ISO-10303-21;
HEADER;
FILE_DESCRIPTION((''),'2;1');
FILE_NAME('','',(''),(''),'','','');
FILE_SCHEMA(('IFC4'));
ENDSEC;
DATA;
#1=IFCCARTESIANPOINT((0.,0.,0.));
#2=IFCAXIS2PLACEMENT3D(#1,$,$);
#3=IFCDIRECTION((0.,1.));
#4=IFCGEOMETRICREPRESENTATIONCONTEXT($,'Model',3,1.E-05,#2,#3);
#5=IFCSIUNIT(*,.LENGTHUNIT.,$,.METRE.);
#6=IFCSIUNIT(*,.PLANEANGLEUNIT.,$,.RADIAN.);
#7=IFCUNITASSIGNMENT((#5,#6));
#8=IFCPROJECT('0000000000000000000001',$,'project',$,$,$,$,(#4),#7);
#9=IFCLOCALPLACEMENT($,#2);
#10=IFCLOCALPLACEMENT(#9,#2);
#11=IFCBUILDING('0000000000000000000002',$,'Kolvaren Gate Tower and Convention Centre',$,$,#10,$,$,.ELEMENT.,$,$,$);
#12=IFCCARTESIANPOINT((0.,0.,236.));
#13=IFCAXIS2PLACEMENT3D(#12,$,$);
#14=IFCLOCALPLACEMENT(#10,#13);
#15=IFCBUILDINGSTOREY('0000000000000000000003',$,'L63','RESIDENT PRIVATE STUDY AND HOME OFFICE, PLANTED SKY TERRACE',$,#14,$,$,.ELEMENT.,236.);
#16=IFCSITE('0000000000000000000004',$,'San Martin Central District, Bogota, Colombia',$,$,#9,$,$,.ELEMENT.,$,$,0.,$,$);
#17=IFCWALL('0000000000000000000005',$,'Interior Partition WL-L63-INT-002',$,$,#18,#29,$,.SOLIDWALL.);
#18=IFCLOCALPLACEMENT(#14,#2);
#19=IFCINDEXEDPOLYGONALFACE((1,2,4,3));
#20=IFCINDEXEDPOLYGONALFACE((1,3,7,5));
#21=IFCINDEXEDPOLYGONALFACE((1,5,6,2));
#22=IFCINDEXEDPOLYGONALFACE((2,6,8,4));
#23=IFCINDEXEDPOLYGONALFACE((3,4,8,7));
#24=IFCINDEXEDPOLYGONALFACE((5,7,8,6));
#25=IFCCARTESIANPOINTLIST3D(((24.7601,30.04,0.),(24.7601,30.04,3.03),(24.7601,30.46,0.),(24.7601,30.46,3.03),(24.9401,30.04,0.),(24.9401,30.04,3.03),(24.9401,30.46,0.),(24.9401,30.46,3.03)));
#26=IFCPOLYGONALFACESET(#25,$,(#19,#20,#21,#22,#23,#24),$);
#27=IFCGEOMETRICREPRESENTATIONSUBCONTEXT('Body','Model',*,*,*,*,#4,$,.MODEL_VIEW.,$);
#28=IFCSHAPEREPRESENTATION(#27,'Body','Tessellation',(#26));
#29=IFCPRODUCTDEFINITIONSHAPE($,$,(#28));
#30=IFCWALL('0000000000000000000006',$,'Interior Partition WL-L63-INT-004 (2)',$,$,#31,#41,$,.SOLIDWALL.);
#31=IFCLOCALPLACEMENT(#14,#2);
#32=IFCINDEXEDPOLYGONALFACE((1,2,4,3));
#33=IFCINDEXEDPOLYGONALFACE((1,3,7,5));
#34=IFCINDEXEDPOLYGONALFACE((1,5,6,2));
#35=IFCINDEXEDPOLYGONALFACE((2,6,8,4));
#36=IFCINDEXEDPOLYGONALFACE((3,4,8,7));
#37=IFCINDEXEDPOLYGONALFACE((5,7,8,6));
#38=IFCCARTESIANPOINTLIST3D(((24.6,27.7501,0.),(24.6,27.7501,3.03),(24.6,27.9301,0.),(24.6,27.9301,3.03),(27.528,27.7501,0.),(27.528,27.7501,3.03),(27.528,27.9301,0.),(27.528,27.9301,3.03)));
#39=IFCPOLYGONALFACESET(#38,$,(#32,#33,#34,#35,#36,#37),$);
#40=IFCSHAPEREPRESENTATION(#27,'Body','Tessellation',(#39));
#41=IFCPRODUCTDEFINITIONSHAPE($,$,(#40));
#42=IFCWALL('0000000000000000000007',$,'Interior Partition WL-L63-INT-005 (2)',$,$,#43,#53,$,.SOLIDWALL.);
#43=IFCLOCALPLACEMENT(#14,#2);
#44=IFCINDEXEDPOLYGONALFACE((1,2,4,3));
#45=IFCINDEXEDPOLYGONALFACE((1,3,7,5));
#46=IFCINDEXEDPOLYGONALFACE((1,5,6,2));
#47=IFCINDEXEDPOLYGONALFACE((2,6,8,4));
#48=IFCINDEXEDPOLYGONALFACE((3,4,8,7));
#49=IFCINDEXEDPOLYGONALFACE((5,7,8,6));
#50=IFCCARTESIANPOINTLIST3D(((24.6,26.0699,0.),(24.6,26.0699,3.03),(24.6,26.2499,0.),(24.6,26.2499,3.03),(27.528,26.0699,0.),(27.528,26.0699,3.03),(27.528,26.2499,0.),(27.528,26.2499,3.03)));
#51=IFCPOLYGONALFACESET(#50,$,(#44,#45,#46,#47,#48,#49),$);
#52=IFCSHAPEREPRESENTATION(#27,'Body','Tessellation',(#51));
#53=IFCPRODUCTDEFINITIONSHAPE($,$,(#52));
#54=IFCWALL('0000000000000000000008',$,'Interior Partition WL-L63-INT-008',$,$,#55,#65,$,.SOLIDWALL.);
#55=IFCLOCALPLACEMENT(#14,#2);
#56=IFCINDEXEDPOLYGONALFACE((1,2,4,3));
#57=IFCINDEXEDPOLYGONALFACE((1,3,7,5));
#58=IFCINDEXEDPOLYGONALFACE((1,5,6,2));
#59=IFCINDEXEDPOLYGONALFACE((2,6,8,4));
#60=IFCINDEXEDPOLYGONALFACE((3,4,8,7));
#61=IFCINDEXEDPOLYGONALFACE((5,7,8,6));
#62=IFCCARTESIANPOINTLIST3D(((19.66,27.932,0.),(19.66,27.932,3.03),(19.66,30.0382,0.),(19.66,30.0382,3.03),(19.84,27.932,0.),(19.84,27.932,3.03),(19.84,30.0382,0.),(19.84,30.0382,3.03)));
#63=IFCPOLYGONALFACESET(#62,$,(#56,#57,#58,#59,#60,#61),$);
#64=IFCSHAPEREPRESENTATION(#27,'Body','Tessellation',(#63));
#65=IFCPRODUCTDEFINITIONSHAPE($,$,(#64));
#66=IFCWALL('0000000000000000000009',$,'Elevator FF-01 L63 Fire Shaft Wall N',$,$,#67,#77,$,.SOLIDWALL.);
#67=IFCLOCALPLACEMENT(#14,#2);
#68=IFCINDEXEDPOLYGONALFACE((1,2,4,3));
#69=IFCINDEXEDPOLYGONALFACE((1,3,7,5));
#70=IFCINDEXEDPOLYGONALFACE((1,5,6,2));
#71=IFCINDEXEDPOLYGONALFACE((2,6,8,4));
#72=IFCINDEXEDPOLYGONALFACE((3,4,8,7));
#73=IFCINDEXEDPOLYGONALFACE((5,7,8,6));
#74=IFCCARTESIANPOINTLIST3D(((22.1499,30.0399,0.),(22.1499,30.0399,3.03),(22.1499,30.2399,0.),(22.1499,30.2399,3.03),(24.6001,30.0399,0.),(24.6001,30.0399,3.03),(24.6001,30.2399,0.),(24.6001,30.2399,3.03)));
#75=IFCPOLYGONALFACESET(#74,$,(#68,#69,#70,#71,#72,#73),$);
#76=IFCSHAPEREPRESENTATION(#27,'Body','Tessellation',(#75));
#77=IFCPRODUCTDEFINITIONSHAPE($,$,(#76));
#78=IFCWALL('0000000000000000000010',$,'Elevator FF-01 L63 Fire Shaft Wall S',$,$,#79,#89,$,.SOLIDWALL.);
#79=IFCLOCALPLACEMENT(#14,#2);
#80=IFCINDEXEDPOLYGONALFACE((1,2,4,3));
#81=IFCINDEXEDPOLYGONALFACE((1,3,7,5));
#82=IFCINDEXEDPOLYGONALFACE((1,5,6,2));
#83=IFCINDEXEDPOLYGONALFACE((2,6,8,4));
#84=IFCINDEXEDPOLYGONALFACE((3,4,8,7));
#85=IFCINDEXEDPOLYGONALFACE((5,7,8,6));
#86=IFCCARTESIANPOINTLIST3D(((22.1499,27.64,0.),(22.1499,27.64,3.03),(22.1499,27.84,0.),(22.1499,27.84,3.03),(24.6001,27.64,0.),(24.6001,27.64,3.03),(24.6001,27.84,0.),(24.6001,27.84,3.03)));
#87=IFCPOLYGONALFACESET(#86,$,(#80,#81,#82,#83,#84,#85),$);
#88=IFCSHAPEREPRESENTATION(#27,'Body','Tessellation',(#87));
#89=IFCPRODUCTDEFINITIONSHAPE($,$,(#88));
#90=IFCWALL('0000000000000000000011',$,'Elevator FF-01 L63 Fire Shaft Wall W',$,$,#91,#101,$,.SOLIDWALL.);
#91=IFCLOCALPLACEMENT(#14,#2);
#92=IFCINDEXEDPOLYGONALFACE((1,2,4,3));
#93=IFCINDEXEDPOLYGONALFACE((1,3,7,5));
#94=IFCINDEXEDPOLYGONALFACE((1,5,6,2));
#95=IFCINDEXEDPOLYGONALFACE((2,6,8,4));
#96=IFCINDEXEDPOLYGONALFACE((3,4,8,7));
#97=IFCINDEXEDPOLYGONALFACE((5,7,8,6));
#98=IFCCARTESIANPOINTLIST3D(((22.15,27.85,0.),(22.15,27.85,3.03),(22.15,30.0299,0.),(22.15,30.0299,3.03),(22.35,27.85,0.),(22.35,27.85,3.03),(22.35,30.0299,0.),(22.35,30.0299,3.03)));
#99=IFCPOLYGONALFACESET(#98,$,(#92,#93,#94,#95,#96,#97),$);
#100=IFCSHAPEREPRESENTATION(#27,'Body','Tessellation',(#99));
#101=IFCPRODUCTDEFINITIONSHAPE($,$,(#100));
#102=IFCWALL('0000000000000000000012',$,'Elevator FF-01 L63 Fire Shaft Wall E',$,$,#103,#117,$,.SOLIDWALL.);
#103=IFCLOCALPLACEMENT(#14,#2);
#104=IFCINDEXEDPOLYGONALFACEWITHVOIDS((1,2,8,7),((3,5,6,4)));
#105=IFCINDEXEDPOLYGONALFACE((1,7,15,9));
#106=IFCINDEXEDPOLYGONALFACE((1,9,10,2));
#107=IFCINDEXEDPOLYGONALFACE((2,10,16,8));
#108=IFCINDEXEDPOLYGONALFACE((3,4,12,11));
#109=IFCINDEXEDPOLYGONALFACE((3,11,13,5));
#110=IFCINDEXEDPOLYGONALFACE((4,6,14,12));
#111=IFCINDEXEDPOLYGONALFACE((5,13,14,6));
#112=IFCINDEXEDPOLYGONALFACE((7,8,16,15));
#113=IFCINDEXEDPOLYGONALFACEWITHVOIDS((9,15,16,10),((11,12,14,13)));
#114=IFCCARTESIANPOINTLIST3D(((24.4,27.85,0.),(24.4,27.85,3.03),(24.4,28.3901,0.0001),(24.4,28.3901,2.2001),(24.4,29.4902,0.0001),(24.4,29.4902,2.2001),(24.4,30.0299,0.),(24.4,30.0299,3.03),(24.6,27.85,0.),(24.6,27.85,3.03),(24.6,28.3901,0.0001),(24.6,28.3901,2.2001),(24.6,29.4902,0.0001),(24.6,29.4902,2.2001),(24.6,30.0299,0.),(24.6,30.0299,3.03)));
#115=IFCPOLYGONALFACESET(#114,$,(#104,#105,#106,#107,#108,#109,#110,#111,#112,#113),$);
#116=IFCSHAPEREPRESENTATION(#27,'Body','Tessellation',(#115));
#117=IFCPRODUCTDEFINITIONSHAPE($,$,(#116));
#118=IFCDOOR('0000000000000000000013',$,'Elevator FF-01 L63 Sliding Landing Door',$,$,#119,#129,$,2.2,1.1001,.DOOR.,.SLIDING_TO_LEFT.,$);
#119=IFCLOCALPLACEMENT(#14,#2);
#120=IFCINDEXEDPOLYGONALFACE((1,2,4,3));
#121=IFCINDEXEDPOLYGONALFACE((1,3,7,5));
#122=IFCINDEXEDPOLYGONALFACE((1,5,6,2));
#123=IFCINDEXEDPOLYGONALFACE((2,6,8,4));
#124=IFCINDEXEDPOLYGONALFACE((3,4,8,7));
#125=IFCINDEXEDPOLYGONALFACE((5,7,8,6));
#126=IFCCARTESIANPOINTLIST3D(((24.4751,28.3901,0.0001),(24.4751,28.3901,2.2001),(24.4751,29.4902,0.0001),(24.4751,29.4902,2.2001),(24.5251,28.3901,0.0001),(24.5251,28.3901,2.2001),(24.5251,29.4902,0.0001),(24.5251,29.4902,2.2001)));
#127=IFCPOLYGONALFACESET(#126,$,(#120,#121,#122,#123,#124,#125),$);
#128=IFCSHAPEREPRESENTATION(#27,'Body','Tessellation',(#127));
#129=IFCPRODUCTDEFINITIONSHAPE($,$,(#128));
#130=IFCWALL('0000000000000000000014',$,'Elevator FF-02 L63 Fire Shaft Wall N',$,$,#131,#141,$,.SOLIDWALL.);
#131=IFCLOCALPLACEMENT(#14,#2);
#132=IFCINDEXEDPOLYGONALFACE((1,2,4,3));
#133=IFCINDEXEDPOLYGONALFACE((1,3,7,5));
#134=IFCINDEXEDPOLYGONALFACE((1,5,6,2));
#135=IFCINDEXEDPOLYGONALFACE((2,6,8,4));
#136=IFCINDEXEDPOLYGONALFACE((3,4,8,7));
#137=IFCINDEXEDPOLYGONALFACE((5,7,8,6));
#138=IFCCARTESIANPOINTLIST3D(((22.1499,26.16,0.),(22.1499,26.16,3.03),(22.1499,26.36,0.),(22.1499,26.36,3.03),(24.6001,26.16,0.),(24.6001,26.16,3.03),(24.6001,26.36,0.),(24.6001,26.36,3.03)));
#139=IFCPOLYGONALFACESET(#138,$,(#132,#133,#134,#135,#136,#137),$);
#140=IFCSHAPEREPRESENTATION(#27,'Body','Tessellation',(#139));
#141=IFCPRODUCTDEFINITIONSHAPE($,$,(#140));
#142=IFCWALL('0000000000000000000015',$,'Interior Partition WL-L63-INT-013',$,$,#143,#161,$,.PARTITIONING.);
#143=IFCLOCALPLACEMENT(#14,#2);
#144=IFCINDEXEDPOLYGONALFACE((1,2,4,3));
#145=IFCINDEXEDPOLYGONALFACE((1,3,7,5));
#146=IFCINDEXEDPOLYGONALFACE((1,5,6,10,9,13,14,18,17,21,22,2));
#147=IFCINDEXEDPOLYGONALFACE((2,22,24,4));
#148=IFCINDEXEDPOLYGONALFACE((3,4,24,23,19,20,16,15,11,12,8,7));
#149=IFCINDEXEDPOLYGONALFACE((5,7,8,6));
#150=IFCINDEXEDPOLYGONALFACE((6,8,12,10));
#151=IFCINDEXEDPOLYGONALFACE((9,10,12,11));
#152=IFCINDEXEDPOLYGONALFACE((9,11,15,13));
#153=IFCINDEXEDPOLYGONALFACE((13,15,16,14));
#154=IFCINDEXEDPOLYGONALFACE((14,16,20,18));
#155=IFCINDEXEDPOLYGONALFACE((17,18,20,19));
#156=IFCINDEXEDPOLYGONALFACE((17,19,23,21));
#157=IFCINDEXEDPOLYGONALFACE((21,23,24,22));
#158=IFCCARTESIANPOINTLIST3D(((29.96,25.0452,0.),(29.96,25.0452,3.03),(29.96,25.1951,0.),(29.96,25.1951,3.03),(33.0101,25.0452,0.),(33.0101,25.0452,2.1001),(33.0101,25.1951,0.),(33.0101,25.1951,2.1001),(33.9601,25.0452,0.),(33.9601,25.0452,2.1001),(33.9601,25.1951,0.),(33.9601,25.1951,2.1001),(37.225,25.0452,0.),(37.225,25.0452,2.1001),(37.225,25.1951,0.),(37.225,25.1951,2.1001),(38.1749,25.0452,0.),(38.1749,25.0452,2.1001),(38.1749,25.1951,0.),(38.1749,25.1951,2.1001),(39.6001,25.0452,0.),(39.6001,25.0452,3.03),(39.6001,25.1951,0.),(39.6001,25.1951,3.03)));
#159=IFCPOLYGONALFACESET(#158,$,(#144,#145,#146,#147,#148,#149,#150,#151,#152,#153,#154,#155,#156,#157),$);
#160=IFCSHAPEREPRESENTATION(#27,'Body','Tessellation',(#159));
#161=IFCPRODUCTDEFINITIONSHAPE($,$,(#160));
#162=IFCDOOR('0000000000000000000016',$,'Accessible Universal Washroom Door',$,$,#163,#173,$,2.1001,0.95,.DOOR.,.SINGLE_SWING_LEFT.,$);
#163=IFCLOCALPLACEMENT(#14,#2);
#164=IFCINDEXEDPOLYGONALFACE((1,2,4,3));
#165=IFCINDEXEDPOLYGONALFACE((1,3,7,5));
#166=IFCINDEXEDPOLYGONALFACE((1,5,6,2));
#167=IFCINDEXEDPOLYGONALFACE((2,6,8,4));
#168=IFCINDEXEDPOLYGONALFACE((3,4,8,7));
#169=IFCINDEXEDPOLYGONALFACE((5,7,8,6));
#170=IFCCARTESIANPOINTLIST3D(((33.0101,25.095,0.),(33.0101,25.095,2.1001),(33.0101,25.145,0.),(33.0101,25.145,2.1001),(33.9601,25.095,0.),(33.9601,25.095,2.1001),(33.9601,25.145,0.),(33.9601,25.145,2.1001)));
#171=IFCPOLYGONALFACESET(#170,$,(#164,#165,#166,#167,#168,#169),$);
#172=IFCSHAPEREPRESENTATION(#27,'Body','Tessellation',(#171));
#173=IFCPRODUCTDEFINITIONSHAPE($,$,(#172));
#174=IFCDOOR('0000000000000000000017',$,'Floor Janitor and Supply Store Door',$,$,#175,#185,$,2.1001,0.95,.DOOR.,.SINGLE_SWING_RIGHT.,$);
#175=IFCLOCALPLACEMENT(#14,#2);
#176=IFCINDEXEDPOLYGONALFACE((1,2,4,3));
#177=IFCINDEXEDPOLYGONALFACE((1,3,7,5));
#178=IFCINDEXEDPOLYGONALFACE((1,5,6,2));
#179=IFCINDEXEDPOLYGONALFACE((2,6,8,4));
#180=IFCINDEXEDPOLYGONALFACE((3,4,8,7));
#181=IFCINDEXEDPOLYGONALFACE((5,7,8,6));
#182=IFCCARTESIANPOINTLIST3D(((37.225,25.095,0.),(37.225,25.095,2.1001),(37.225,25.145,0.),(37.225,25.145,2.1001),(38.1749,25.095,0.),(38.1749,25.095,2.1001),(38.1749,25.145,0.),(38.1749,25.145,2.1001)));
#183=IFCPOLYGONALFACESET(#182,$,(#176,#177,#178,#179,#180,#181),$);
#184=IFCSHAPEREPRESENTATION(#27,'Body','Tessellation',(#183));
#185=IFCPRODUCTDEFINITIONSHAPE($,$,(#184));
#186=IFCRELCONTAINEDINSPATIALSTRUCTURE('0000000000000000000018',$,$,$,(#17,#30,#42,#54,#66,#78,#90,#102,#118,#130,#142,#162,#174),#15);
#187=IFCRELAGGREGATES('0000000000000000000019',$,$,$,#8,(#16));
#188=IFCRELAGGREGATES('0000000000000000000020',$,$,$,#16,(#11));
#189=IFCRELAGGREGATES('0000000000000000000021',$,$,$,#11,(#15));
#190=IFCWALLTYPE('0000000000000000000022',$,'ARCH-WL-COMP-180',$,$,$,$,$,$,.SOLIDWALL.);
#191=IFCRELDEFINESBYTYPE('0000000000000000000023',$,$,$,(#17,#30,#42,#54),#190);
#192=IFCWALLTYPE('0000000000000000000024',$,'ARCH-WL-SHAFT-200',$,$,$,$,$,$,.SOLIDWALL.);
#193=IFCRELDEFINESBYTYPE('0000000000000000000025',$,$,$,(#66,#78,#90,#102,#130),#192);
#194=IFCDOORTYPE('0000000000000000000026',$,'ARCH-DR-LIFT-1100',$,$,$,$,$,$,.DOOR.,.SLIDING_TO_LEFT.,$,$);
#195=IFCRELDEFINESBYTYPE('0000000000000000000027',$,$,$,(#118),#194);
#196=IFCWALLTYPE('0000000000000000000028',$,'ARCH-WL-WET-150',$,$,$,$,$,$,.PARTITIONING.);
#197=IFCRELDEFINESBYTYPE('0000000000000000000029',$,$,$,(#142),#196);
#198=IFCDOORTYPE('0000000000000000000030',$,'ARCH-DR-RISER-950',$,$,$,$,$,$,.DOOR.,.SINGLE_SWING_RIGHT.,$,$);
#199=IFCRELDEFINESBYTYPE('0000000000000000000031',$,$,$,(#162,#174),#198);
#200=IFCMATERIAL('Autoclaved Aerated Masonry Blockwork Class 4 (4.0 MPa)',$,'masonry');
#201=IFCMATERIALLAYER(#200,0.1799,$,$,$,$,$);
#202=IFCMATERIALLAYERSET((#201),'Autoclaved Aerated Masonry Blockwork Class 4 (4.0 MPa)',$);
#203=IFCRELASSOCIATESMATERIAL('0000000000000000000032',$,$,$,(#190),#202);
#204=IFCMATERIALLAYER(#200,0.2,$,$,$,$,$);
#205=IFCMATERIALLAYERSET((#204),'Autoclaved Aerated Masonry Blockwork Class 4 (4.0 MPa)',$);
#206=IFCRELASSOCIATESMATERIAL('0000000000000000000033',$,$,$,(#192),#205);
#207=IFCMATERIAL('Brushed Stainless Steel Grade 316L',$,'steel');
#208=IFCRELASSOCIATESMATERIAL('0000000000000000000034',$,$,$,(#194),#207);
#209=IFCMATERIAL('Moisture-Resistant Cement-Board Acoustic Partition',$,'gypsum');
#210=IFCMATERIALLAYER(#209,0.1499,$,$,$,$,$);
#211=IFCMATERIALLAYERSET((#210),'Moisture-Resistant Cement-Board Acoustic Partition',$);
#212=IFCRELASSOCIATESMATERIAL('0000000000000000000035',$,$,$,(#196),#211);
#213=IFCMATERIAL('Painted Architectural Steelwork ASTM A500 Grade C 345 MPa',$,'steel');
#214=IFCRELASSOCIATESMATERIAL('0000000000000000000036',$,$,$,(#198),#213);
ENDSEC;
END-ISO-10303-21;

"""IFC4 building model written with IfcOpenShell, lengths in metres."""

from ifc_helpers import new_model, si_unit, direction, frame, frame_2d, origin, place, context, subcontext, project, spatial, rectangle, extrude, material, layer, layer_set, type_object, element, fill, save


model = new_model("IFC4")

# Units and contexts
model_context = context("Model", 3, precision=1e-05, world=origin(), true_north=direction((0.0, 1.0)))
body_context = subcontext(model_context, "Body", "Model", "MODEL_VIEW")
ifc_project = project(units=[si_unit("LENGTHUNIT", "METRE"), si_unit("PLANEANGLEUNIT", "RADIAN")], contexts=[model_context])

# Site, building, storey
site_placement = place(None, origin())
site = spatial("IfcSite", under=ifc_project, at=site_placement, Name="San Martin Central District, Bogota, Colombia", CompositionType="ELEMENT", RefElevation=0.0)
building_placement = place(site_placement, origin())
building = spatial("IfcBuilding", under=site, at=building_placement, Name="Kolvaren Gate Tower and Convention Centre", CompositionType="ELEMENT")
storey_placement = place(building_placement, frame((0.0, 0.0, 236.0)))
storey = spatial("IfcBuildingStorey", under=building, at=storey_placement, Name="L63", Description="RESIDENT PRIVATE STUDY AND HOME OFFICE, PLANTED SKY TERRACE", CompositionType="ELEMENT", Elevation=236.0)

# Walls
ifc_material_1 = material(Name="Autoclaved Aerated Masonry Blockwork Class 4 (4.0 MPa)", Category="masonry")
ifc_layer_1 = layer(ifc_material_1, 0.1799)
ifc_layer_set_1 = layer_set([ifc_layer_1], Name="Autoclaved Aerated Masonry Blockwork Class 4 (4.0 MPa)")
wall_type_1 = type_object("IfcWallType", Name="ARCH-WL-COMP-180", PredefinedType="SOLIDWALL", material=ifc_layer_set_1)
wall_1_placement = place(storey_placement, frame((24.8501, 30.04, 0.0), z_axis=(0.0, 0.0, 1.0), x_axis=(0.0, 1.0, 0.0)))
element("IfcWall", 1, at=wall_1_placement, inside=storey, type_object=wall_type_1, Name="Interior Partition WL-L63-INT-002", PredefinedType="SOLIDWALL", context=body_context, shape_type="SweptSolid", body=[
    extrude(rectangle(XDim=0.4199, YDim=0.1799, at=frame_2d((0.21, 0.0))), origin(), (0.0, 0.0, 1.0), 3.03),
])
for number, where, z_axis, x_axis, name in (
    (2, (24.6001, 27.8401, 0.0), (0.0, 0.0, 1.0), (1.0, 0.0, 0.0), "Interior Partition WL-L63-INT-004 (2)"),
    (3, (24.6001, 26.1599, 0.0), (0.0, 0.0, 1.0), (1.0, 0.0, 0.0), "Interior Partition WL-L63-INT-005 (2)"),
):
    element("IfcWall", number, at=place(storey_placement, frame(where, z_axis=z_axis, x_axis=x_axis)), inside=storey, type_object=wall_type_1, Name=name, PredefinedType="SOLIDWALL", context=body_context, shape_type="SweptSolid", body=[
        extrude(rectangle(XDim=2.928, YDim=0.1799, at=frame_2d((1.4639, 0.0))), origin(), (0.0, 0.0, 1.0), 3.03),
    ])
wall_2_placement = place(storey_placement, frame((19.75, 27.9319, 0.0), z_axis=(0.0, 0.0, 1.0), x_axis=(0.0, 1.0, 0.0)))
element("IfcWall", 4, at=wall_2_placement, inside=storey, type_object=wall_type_1, Name="Interior Partition WL-L63-INT-008", PredefinedType="SOLIDWALL", context=body_context, shape_type="SweptSolid", body=[
    extrude(rectangle(XDim=2.1062, YDim=0.1799, at=frame_2d((1.0532, 0.0))), origin(), (0.0, 0.0, 1.0), 3.03),
])
ifc_layer_2 = layer(ifc_material_1, 0.2)
ifc_layer_set_2 = layer_set([ifc_layer_2], Name="Autoclaved Aerated Masonry Blockwork Class 4 (4.0 MPa)")
wall_type_2 = type_object("IfcWallType", Name="ARCH-WL-SHAFT-200", PredefinedType="SOLIDWALL", material=ifc_layer_set_2)
for number, where, z_axis, x_axis, name in (
    (5, (22.1499, 30.1399, 0.0), (0.0, 0.0, 1.0), (1.0, 0.0, 0.0), "Elevator FF-01 L63 Fire Shaft Wall N"),
    (6, (22.1499, 27.74, 0.0), (0.0, 0.0, 1.0), (1.0, 0.0, 0.0), "Elevator FF-01 L63 Fire Shaft Wall S"),
):
    element("IfcWall", number, at=place(storey_placement, frame(where, z_axis=z_axis, x_axis=x_axis)), inside=storey, type_object=wall_type_2, Name=name, PredefinedType="SOLIDWALL", context=body_context, shape_type="SweptSolid", body=[
        extrude(rectangle(XDim=2.4502, YDim=0.2, at=frame_2d((1.2251, 0.0))), origin(), (0.0, 0.0, 1.0), 3.03),
    ])
wall_3_placement = place(storey_placement, frame((22.25, 27.8501, 0.0), z_axis=(0.0, 0.0, 1.0), x_axis=(0.0, 1.0, 0.0)))
element("IfcWall", 7, at=wall_3_placement, inside=storey, type_object=wall_type_2, Name="Elevator FF-01 L63 Fire Shaft Wall W", PredefinedType="SOLIDWALL", context=body_context, shape_type="SweptSolid", body=[
    extrude(rectangle(XDim=2.1799, YDim=0.2, at=frame_2d((1.0898, 0.0))), origin(), (0.0, 0.0, 1.0), 3.03),
])

# Wall, opening, door
wall_4_placement = place(storey_placement, frame((24.5, 27.8501, 0.0), z_axis=(0.0, 0.0, 1.0), x_axis=(0.0, 1.0, 0.0)))
wall_4 = element("IfcWall", 8, at=wall_4_placement, inside=storey, type_object=wall_type_2, Name="Elevator FF-01 L63 Fire Shaft Wall E", PredefinedType="SOLIDWALL", context=body_context, shape_type="SweptSolid", body=[
    extrude(rectangle(XDim=2.1799, YDim=0.2, at=frame_2d((1.0898, 0.0))), origin(), (0.0, 0.0, 1.0), 3.03),
])
opening_1_placement = place(wall_4_placement, frame((0.54, 0.0, 0.0)))
opening_1 = element("IfcOpeningElement", 9, at=opening_1_placement, cuts=wall_4, PredefinedType="OPENING", context=body_context, shape_type="SweptSolid", body=[
    extrude(rectangle(XDim=1.1001, YDim=2.2, at=frame_2d((0.55, 1.1001))), frame((0.0, 0.1099, 0.0), z_axis=(0.0, -1.0, 0.0), x_axis=(1.0, 0.0, 0.0)), (0.0, 0.0, 1.0), 0.22),
])
ifc_material_2 = material(Name="Brushed Stainless Steel Grade 316L", Category="steel")
door_type_1 = type_object("IfcDoorType", Name="ARCH-DR-LIFT-1100", OperationType="SLIDING_TO_LEFT", PredefinedType="DOOR", material=ifc_material_2)
door_1_placement = place(opening_1_placement, origin())
door_1 = element("IfcDoor", 10, at=door_1_placement, inside=storey, type_object=door_type_1, Name="Elevator FF-01 L63 Sliding Landing Door", OperationType="SLIDING_TO_LEFT", OverallHeight=2.2, OverallWidth=1.1001, PredefinedType="DOOR", context=body_context, shape_type="SweptSolid", body=[
    extrude(rectangle(XDim=1.1001, YDim=2.2, at=frame_2d((0.55, 1.1001))), frame((0.0, 0.0249, 0.0), z_axis=(0.0, -1.0, 0.0), x_axis=(1.0, 0.0, 0.0)), (0.0, 0.0, 1.0), 0.05),
])
fill(opening_1, door_1)

# Wall
wall_5_placement = place(storey_placement, frame((22.1499, 26.26, 0.0), z_axis=(0.0, 0.0, 1.0), x_axis=(1.0, 0.0, 0.0)))
element("IfcWall", 11, at=wall_5_placement, inside=storey, type_object=wall_type_2, Name="Elevator FF-02 L63 Fire Shaft Wall N", PredefinedType="SOLIDWALL", context=body_context, shape_type="SweptSolid", body=[
    extrude(rectangle(XDim=2.4502, YDim=0.2, at=frame_2d((1.2251, 0.0))), origin(), (0.0, 0.0, 1.0), 3.03),
])

# Wall, openings, doors
ifc_material_3 = material(Name="Moisture-Resistant Cement-Board Acoustic Partition", Category="gypsum")
ifc_layer_3 = layer(ifc_material_3, 0.1499)
ifc_layer_set_3 = layer_set([ifc_layer_3], Name="Moisture-Resistant Cement-Board Acoustic Partition")
wall_type_3 = type_object("IfcWallType", Name="ARCH-WL-WET-150", PredefinedType="PARTITIONING", material=ifc_layer_set_3)
wall_6_placement = place(storey_placement, frame((29.96, 25.1201, 0.0), z_axis=(0.0, 0.0, 1.0), x_axis=(1.0, 0.0, 0.0)))
wall_6 = element("IfcWall", 12, at=wall_6_placement, inside=storey, type_object=wall_type_3, Name="Interior Partition WL-L63-INT-013", PredefinedType="PARTITIONING", context=body_context, shape_type="SweptSolid", body=[
    extrude(rectangle(XDim=9.6401, YDim=0.1499, at=frame_2d((4.8201, 0.0))), origin(), (0.0, 0.0, 1.0), 3.03),
])
opening_2_placement = place(wall_6_placement, frame((3.05, 0.0, 0.0)))
opening_2 = element("IfcOpeningElement", 13, at=opening_2_placement, cuts=wall_6, PredefinedType="OPENING", context=body_context, shape_type="SweptSolid", body=[
    extrude(rectangle(XDim=0.95, YDim=2.1001, at=frame_2d((0.4751, 1.05))), frame((0.0, 0.085, 0.0), z_axis=(0.0, -1.0, 0.0), x_axis=(1.0, 0.0, 0.0)), (0.0, 0.0, 1.0), 0.1699),
])
opening_3_placement = place(wall_6_placement, frame((7.2649, 0.0, 0.0)))
opening_3 = element("IfcOpeningElement", 14, at=opening_3_placement, cuts=wall_6, PredefinedType="OPENING", context=body_context, shape_type="SweptSolid", body=[
    extrude(rectangle(XDim=0.95, YDim=2.1001, at=frame_2d((0.4751, 1.05))), frame((0.0, 0.085, 0.0), z_axis=(0.0, -1.0, 0.0), x_axis=(1.0, 0.0, 0.0)), (0.0, 0.0, 1.0), 0.1699),
])
ifc_material_4 = material(Name="Painted Architectural Steelwork ASTM A500 Grade C 345 MPa", Category="steel")
door_type_2 = type_object("IfcDoorType", Name="ARCH-DR-RISER-950", OperationType="SINGLE_SWING_RIGHT", PredefinedType="DOOR", material=ifc_material_4)
door_2_placement = place(opening_2_placement, origin())
door_2 = element("IfcDoor", 15, at=door_2_placement, inside=storey, type_object=door_type_2, Name="Accessible Universal Washroom Door", OperationType="SINGLE_SWING_LEFT", OverallHeight=2.1001, OverallWidth=0.95, PredefinedType="DOOR", context=body_context, shape_type="SweptSolid", body=[
    extrude(rectangle(XDim=0.95, YDim=2.1001, at=frame_2d((0.4751, 1.05))), frame((0.0, 0.0249, 0.0), z_axis=(0.0, -1.0, 0.0), x_axis=(1.0, 0.0, 0.0)), (0.0, 0.0, 1.0), 0.05),
])
fill(opening_2, door_2)
door_3_placement = place(opening_3_placement, origin())
door_3 = element("IfcDoor", 16, at=door_3_placement, inside=storey, type_object=door_type_2, Name="Floor Janitor and Supply Store Door", OperationType="SINGLE_SWING_RIGHT", OverallHeight=2.1001, OverallWidth=0.95, PredefinedType="DOOR", context=body_context, shape_type="SweptSolid", body=[
    extrude(rectangle(XDim=0.95, YDim=2.1001, at=frame_2d((0.4751, 1.05))), frame((0.0, 0.0249, 0.0), z_axis=(0.0, -1.0, 0.0), x_axis=(1.0, 0.0, 0.0)), (0.0, 0.0, 1.0), 0.05),
])
fill(opening_3, door_3)

save(model, "model.ifc")
